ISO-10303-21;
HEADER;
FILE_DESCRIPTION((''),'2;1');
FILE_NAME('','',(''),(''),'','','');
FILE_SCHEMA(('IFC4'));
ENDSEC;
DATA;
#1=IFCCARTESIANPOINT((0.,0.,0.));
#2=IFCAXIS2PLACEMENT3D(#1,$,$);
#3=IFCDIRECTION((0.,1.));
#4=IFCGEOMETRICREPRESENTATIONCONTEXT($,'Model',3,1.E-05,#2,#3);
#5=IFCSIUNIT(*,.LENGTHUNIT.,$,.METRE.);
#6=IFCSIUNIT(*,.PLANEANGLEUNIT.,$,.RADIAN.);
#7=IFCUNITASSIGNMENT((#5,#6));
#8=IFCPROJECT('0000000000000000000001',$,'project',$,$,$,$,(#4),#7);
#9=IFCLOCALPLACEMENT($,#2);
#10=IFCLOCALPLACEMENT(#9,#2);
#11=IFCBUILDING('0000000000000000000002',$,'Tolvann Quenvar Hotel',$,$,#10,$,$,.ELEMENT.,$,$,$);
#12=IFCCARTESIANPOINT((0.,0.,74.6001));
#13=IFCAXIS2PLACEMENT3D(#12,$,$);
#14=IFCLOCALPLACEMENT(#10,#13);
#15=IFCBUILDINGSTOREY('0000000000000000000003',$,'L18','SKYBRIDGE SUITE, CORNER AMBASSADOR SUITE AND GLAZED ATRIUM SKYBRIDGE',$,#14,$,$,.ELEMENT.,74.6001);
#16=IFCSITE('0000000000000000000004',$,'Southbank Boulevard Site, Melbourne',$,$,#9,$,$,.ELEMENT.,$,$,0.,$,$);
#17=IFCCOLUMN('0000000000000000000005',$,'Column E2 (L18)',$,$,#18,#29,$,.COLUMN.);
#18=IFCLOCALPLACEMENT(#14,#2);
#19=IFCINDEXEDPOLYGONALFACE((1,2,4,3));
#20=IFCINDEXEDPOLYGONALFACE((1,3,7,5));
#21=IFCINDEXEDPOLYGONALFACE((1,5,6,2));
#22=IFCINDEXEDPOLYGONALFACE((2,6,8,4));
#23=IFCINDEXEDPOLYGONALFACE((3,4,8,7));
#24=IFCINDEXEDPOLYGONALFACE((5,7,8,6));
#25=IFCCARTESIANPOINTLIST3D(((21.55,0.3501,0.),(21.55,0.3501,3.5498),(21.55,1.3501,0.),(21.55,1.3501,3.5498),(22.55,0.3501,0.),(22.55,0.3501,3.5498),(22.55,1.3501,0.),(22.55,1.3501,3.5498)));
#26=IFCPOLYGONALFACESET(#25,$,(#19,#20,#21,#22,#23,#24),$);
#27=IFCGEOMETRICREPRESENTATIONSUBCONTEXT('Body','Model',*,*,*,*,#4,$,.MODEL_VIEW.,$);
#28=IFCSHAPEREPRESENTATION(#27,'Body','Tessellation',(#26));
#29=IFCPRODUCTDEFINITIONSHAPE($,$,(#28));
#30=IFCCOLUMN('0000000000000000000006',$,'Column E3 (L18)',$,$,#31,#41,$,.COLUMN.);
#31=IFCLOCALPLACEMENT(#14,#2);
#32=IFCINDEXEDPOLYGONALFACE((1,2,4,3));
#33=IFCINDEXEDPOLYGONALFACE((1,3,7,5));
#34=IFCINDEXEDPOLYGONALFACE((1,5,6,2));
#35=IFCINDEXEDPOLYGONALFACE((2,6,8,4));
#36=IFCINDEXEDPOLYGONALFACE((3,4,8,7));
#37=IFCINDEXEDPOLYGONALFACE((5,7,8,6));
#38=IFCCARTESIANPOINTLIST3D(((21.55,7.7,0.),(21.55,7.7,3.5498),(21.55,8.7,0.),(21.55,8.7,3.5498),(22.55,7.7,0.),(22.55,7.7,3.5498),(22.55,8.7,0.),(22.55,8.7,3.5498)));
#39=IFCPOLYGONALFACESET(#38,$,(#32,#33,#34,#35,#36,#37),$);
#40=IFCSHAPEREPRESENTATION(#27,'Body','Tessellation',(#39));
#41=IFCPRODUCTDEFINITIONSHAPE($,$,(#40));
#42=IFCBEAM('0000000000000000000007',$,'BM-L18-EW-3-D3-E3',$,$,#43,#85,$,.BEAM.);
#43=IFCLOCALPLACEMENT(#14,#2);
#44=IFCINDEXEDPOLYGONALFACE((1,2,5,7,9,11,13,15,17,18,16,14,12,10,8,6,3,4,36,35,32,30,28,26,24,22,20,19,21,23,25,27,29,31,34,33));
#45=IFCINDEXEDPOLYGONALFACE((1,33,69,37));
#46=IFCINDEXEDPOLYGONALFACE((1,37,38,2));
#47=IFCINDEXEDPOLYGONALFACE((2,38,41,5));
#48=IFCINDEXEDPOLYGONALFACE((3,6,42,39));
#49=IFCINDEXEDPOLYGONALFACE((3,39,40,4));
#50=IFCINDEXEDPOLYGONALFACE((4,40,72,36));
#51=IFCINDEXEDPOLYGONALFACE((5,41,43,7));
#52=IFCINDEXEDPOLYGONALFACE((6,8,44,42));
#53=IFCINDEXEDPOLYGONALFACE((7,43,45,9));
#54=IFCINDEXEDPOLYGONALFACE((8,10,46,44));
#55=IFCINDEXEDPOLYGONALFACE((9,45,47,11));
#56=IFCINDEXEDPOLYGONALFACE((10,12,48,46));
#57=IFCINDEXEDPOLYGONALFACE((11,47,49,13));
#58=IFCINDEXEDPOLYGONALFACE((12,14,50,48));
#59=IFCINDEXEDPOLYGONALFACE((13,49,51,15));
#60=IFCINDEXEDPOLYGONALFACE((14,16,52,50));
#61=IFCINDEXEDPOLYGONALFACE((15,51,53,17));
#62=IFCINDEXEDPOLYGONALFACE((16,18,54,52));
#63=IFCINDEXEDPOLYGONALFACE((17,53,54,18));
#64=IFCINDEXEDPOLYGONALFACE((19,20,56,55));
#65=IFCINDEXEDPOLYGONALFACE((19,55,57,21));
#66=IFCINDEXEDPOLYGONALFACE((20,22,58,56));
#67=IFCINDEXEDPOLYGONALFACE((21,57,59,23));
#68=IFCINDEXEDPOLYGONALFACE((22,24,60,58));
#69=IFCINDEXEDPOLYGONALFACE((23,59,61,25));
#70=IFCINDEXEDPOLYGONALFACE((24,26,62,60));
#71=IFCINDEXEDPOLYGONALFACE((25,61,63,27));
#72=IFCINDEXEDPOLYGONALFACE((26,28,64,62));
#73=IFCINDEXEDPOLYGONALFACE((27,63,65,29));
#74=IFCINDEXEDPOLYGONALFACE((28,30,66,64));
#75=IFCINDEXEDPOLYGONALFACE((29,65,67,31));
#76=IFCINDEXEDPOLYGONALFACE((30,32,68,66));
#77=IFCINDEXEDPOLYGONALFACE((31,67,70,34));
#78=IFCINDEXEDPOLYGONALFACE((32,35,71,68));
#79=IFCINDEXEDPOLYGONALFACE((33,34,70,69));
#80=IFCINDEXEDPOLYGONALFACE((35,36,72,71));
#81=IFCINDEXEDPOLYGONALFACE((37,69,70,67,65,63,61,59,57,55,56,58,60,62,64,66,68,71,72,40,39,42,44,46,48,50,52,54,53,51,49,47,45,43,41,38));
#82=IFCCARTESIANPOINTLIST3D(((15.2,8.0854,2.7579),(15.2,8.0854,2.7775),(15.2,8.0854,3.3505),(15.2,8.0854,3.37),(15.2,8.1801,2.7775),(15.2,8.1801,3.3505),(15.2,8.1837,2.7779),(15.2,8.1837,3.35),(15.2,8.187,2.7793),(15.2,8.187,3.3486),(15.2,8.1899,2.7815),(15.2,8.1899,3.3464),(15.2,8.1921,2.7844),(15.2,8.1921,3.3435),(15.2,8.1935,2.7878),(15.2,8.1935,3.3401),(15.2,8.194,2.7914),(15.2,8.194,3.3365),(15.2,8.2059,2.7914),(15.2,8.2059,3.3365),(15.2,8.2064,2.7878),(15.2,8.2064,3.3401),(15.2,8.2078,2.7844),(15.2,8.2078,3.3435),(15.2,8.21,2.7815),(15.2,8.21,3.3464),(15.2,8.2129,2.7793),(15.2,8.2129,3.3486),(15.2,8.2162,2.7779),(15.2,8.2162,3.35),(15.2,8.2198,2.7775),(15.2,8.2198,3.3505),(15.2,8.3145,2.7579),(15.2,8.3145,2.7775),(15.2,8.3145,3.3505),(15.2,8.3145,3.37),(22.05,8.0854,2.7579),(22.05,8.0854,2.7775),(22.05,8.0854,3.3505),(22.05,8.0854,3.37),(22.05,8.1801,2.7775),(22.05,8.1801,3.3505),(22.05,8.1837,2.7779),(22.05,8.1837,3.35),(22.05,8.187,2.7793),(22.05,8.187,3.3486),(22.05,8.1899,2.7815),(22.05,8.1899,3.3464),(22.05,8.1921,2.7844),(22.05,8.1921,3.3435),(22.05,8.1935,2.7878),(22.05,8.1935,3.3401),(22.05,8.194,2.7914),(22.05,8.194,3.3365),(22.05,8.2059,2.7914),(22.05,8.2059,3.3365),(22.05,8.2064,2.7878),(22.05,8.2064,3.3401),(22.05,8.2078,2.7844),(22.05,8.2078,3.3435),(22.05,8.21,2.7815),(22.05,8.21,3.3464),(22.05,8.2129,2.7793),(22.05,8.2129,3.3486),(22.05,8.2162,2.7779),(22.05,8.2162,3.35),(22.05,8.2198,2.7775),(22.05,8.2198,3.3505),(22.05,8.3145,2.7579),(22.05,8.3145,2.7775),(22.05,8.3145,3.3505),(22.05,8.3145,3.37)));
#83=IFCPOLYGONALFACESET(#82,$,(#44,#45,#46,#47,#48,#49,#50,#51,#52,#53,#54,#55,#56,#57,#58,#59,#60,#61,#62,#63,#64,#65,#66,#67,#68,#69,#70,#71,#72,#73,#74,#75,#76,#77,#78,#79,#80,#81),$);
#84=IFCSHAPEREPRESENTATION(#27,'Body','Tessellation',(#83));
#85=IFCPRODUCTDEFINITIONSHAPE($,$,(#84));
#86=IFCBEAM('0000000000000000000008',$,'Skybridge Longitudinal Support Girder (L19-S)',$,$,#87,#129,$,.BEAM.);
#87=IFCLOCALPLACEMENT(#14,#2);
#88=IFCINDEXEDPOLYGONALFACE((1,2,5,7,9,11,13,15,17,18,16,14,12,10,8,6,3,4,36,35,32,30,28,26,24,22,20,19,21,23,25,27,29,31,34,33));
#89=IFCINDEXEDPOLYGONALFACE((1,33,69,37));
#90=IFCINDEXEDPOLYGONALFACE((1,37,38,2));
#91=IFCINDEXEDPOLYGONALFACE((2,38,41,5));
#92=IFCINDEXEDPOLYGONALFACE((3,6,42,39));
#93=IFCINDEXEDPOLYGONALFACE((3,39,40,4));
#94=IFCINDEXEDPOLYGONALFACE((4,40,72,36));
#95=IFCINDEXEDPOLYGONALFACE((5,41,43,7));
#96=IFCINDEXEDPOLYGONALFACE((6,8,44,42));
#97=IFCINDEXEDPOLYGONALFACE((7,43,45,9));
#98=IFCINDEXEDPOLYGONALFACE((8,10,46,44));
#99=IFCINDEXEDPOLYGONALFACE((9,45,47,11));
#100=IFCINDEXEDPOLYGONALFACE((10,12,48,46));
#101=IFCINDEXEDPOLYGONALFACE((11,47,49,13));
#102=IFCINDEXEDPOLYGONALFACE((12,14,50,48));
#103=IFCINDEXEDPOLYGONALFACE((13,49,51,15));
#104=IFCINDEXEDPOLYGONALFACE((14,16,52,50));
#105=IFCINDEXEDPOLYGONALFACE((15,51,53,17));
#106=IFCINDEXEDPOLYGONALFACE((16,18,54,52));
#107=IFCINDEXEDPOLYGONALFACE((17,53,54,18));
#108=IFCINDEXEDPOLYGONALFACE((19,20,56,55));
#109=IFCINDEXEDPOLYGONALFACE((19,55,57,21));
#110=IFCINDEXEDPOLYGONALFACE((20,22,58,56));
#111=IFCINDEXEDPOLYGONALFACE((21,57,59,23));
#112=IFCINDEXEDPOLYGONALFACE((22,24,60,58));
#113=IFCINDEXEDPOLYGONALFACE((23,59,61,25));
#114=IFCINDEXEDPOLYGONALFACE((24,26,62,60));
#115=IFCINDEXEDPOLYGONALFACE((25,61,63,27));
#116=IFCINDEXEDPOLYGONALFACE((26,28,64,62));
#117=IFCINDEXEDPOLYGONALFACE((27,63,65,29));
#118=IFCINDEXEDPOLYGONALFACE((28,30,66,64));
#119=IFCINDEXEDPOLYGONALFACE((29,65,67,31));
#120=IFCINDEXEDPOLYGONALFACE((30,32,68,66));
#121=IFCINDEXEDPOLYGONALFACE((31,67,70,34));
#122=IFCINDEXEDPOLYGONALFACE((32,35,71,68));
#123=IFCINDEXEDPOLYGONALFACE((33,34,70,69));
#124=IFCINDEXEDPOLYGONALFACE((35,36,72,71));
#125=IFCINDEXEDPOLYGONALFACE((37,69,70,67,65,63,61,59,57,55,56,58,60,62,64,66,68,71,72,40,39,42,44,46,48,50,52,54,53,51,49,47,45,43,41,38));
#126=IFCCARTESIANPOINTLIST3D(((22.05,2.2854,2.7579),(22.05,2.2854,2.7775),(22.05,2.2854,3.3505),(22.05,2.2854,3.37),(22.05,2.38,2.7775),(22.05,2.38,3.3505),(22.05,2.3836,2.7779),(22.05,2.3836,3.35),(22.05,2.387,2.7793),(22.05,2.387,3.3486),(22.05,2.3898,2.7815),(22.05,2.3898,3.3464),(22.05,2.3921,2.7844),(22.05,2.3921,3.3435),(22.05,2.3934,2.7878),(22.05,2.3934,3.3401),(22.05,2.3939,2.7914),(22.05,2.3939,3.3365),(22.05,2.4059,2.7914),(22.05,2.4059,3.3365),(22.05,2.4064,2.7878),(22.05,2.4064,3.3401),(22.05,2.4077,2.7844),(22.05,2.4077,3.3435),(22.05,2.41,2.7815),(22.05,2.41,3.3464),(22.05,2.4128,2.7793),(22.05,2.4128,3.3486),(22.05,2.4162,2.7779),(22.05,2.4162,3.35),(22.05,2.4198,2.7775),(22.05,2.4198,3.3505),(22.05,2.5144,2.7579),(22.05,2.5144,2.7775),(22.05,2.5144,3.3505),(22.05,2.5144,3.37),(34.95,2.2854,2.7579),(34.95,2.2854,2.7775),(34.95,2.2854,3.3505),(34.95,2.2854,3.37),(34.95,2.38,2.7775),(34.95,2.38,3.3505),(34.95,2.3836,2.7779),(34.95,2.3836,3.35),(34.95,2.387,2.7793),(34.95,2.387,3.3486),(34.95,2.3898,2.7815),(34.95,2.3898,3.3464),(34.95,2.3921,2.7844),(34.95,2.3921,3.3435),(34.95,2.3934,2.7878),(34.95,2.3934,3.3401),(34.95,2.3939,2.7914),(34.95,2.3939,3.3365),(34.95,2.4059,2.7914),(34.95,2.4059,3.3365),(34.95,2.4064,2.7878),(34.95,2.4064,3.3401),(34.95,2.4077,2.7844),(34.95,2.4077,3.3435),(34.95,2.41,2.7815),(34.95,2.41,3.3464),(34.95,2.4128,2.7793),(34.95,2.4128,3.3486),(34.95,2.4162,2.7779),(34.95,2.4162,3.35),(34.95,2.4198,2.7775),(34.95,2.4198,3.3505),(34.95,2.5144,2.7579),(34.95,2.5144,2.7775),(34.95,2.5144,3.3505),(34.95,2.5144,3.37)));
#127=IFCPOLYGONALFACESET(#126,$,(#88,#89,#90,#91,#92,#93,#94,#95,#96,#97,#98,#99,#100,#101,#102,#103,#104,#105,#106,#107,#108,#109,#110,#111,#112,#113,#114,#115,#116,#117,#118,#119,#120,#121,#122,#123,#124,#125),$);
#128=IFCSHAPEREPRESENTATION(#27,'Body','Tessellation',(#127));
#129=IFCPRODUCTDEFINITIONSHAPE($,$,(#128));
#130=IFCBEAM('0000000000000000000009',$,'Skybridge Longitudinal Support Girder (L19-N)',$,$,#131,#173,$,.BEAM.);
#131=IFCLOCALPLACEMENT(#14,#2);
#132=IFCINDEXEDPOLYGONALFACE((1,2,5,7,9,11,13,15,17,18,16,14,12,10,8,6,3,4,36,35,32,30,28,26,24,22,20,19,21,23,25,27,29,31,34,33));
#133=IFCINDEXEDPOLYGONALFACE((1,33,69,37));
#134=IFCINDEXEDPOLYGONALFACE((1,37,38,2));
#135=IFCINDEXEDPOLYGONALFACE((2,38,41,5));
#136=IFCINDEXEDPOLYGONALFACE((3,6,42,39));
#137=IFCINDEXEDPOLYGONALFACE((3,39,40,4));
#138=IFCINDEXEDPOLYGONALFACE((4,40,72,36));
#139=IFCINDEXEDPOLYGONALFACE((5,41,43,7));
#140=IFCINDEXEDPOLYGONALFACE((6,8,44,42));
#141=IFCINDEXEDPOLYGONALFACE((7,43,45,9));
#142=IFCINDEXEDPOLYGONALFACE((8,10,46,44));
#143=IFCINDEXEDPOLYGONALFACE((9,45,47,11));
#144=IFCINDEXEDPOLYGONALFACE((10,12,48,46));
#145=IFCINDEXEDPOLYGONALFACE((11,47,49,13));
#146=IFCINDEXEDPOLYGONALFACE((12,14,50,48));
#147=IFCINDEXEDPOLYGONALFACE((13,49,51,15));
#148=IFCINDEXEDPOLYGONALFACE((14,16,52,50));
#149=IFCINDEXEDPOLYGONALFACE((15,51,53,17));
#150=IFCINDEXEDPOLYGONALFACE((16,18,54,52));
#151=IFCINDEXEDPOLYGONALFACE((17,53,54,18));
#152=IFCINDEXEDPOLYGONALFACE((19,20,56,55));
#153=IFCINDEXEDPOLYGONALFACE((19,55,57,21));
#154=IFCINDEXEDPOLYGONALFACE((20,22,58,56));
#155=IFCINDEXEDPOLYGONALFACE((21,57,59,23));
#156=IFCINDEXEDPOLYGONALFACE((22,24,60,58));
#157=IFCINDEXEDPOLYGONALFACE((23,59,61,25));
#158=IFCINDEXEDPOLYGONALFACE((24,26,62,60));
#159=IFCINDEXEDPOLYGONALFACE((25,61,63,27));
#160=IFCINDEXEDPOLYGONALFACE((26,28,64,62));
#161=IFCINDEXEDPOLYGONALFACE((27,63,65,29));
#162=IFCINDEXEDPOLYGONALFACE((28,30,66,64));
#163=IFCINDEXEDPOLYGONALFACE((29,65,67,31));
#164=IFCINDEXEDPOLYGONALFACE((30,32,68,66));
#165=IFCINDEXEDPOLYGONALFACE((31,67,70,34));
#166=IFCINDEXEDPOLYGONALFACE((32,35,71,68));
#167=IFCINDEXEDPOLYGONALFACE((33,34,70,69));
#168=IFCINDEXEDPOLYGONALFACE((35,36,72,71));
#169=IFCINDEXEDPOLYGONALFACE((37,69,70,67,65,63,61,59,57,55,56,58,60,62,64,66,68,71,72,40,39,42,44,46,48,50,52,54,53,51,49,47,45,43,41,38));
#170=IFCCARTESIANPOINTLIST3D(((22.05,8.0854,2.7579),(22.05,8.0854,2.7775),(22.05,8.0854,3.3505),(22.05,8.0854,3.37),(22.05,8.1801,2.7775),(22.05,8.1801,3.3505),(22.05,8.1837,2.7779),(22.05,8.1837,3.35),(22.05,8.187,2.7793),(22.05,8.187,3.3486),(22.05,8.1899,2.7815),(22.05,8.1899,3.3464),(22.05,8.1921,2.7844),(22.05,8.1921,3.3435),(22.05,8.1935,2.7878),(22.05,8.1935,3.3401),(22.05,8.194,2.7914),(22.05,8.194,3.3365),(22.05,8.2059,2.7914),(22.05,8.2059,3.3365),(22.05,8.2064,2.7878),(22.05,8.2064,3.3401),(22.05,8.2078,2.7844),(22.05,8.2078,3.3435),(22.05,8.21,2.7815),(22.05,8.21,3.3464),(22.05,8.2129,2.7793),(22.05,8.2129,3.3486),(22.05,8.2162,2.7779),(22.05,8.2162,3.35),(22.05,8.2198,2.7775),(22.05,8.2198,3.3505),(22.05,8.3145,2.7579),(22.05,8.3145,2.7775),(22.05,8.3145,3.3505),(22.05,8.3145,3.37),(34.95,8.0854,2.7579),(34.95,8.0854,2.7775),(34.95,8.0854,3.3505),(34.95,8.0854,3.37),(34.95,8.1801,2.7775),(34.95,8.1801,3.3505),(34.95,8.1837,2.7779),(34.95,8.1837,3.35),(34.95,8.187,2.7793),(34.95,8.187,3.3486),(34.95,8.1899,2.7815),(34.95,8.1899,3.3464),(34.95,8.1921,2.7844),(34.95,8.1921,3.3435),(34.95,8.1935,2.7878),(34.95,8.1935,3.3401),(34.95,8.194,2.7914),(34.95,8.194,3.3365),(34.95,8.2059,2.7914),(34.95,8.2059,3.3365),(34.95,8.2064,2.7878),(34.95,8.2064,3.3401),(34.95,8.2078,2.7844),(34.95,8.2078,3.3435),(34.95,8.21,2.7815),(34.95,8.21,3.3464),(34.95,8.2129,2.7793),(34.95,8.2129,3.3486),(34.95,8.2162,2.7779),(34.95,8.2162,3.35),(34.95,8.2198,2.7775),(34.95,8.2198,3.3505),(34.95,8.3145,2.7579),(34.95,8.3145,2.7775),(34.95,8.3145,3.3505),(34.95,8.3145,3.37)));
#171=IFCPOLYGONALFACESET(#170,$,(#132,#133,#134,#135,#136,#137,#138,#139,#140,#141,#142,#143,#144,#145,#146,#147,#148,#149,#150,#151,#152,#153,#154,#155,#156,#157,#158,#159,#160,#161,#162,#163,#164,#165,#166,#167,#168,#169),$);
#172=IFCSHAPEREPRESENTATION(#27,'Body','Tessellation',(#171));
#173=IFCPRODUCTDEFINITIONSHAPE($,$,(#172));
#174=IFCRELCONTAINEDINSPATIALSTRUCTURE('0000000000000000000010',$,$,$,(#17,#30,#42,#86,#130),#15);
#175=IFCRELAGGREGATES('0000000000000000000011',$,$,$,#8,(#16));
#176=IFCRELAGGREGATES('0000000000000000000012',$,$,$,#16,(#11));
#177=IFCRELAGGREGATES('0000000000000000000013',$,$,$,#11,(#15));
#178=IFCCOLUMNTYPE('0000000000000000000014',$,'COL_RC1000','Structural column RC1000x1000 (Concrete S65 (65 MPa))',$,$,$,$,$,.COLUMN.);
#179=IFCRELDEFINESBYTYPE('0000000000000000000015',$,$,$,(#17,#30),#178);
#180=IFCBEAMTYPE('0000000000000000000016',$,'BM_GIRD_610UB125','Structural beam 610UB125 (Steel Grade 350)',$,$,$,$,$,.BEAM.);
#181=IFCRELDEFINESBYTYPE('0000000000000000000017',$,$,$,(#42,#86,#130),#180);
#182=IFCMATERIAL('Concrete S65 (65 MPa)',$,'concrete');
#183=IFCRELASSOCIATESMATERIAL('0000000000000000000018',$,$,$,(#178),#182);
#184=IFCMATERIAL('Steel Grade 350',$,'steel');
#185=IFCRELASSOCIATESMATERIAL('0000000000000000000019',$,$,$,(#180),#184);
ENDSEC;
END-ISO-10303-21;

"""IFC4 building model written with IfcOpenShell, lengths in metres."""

from ifc_helpers import new_model, si_unit, direction, frame, origin, origin_2d, place, context, subcontext, project, spatial, rectangle, i_section, extrude, source, transform, mapped, material, material_profile, profile_set, type_object, type_shapes, element, save


model = new_model("IFC4")

# Units and contexts
model_context = context("Model", 3, precision=1e-05, world=origin(), true_north=direction((0.0, 1.0)))
body_context = subcontext(model_context, "Body", "Model", "MODEL_VIEW")
ifc_project = project(units=[si_unit("LENGTHUNIT", "METRE"), si_unit("PLANEANGLEUNIT", "RADIAN")], contexts=[model_context])

# Site, building, storey
site_placement = place(None, origin())
site = spatial("IfcSite", under=ifc_project, at=site_placement, Name="Southbank Boulevard Site, Melbourne", CompositionType="ELEMENT", RefElevation=0.0)
building_placement = place(site_placement, origin())
building = spatial("IfcBuilding", under=site, at=building_placement, Name="Tolvann Quenvar Hotel", CompositionType="ELEMENT")
storey_placement = place(building_placement, frame((0.0, 0.0, 74.6001)))
storey = spatial("IfcBuildingStorey", under=building, at=storey_placement, Name="L18", Description="SKYBRIDGE SUITE, CORNER AMBASSADOR SUITE AND GLAZED ATRIUM SKYBRIDGE", CompositionType="ELEMENT", Elevation=74.6001)

# Columns
ifc_material_1 = material(Name="Concrete S65 (65 MPa)", Category="concrete")
ifc_material_profile_1 = material_profile(ifc_material_1, rectangle(XDim=1.0, YDim=1.0, at=origin_2d()), Name="RC1000x1000")
ifc_profile_set_1 = profile_set([ifc_material_profile_1], Name="Concrete S65 (65 MPa)")
column_type = type_object("IfcColumnType", Name="COL_RC1000", Description="Structural column RC1000x1000 (Concrete S65 (65 MPa))", PredefinedType="COLUMN", material=ifc_profile_set_1)
shared_shape_1 = source(origin(), body_context, "Body", "SweptSolid", [
    extrude(rectangle(XDim=1.0, YDim=1.0, at=origin_2d()), origin(), (0.0, 0.0, 1.0), 3.5498),
])
type_shapes(column_type, [shared_shape_1])
for number, where, z_axis, x_axis, name in (
    (1, (22.05, 0.8501, 0.0), (0.0, 0.0, 1.0), (1.0, 0.0, 0.0), "Column E2 (L18)"),
    (2, (22.05, 8.2, 0.0), (0.0, 0.0, 1.0), (1.0, 0.0, 0.0), "Column E3 (L18)"),
):
    element("IfcColumn", number, at=place(storey_placement, frame(where, z_axis=z_axis, x_axis=x_axis)), inside=storey, type_object=column_type, Name=name, PredefinedType="COLUMN", context=body_context, shape_type="MappedRepresentation", body=[
        mapped(shared_shape_1, transform((0.0, 0.0, 0.0), x_axis=(1.0, 0.0, 0.0), y_axis=(0.0, 1.0, 0.0), z_axis=(0.0, 0.0, 1.0), scale=1.0)),
    ])

# Beams
ifc_material_2 = material(Name="Steel Grade 350", Category="steel")
ifc_material_profile_2 = material_profile(ifc_material_2, i_section(OverallWidth=0.229, OverallDepth=0.6121, WebThickness=0.012, FlangeThickness=0.0195, FilletRadius=0.0139, at=origin_2d()), Name="610UB125")
ifc_profile_set_2 = profile_set([ifc_material_profile_2], Name="Steel Grade 350")
beam_type_1 = type_object("IfcBeamType", Name="BM_GIRD_610UB125", Description="Structural beam 610UB125 (Steel Grade 350)", PredefinedType="BEAM", material=ifc_profile_set_2)
shared_shape_2 = source(origin(), body_context, "Body", "SweptSolid", [
    extrude(i_section(OverallWidth=0.229, OverallDepth=0.6121, WebThickness=0.012, FlangeThickness=0.0195, FilletRadius=0.0139, at=origin_2d()), origin(), (0.0, 0.0, 1.0), 6.8501),
])
beam_1_placement = place(storey_placement, frame((15.2, 8.2, 3.064), z_axis=(1.0, 0.0, 0.0), x_axis=(0.0, 1.0, 0.0)))
element("IfcBeam", 3, at=beam_1_placement, inside=storey, type_object=beam_type_1, Name="BM-L18-EW-3-D3-E3", PredefinedType="BEAM", context=body_context, shape_type="MappedRepresentation", body=[
    mapped(shared_shape_2, transform((0.0, 0.0, 0.0), x_axis=(1.0, 0.0, 0.0), y_axis=(0.0, 1.0, 0.0), z_axis=(0.0, 0.0, 1.0), scale=1.0)),
])
shared_shape_3 = source(origin(), body_context, "Body", "SweptSolid", [
    extrude(i_section(OverallWidth=0.229, OverallDepth=0.6121, WebThickness=0.012, FlangeThickness=0.0195, FilletRadius=0.0139, at=origin_2d()), origin(), (0.0, 0.0, 1.0), 12.8999),
])
type_shapes(beam_type_1, [shared_shape_2, shared_shape_3])
for number, where, z_axis, x_axis, name in (
    (4, (22.05, 2.3999, 3.064), (1.0, 0.0, 0.0), (0.0, 1.0, 0.0), "Skybridge Longitudinal Support Girder (L19-S)"),
    (5, (22.05, 8.2, 3.064), (1.0, 0.0, 0.0), (0.0, 1.0, 0.0), "Skybridge Longitudinal Support Girder (L19-N)"),
):
    element("IfcBeam", number, at=place(storey_placement, frame(where, z_axis=z_axis, x_axis=x_axis)), inside=storey, type_object=beam_type_1, Name=name, PredefinedType="BEAM", context=body_context, shape_type="MappedRepresentation", body=[
        mapped(shared_shape_3, transform((0.0, 0.0, 0.0), x_axis=(1.0, 0.0, 0.0), y_axis=(0.0, 1.0, 0.0), z_axis=(0.0, 0.0, 1.0), scale=1.0)),
    ])

save(model, "model.ifc")
